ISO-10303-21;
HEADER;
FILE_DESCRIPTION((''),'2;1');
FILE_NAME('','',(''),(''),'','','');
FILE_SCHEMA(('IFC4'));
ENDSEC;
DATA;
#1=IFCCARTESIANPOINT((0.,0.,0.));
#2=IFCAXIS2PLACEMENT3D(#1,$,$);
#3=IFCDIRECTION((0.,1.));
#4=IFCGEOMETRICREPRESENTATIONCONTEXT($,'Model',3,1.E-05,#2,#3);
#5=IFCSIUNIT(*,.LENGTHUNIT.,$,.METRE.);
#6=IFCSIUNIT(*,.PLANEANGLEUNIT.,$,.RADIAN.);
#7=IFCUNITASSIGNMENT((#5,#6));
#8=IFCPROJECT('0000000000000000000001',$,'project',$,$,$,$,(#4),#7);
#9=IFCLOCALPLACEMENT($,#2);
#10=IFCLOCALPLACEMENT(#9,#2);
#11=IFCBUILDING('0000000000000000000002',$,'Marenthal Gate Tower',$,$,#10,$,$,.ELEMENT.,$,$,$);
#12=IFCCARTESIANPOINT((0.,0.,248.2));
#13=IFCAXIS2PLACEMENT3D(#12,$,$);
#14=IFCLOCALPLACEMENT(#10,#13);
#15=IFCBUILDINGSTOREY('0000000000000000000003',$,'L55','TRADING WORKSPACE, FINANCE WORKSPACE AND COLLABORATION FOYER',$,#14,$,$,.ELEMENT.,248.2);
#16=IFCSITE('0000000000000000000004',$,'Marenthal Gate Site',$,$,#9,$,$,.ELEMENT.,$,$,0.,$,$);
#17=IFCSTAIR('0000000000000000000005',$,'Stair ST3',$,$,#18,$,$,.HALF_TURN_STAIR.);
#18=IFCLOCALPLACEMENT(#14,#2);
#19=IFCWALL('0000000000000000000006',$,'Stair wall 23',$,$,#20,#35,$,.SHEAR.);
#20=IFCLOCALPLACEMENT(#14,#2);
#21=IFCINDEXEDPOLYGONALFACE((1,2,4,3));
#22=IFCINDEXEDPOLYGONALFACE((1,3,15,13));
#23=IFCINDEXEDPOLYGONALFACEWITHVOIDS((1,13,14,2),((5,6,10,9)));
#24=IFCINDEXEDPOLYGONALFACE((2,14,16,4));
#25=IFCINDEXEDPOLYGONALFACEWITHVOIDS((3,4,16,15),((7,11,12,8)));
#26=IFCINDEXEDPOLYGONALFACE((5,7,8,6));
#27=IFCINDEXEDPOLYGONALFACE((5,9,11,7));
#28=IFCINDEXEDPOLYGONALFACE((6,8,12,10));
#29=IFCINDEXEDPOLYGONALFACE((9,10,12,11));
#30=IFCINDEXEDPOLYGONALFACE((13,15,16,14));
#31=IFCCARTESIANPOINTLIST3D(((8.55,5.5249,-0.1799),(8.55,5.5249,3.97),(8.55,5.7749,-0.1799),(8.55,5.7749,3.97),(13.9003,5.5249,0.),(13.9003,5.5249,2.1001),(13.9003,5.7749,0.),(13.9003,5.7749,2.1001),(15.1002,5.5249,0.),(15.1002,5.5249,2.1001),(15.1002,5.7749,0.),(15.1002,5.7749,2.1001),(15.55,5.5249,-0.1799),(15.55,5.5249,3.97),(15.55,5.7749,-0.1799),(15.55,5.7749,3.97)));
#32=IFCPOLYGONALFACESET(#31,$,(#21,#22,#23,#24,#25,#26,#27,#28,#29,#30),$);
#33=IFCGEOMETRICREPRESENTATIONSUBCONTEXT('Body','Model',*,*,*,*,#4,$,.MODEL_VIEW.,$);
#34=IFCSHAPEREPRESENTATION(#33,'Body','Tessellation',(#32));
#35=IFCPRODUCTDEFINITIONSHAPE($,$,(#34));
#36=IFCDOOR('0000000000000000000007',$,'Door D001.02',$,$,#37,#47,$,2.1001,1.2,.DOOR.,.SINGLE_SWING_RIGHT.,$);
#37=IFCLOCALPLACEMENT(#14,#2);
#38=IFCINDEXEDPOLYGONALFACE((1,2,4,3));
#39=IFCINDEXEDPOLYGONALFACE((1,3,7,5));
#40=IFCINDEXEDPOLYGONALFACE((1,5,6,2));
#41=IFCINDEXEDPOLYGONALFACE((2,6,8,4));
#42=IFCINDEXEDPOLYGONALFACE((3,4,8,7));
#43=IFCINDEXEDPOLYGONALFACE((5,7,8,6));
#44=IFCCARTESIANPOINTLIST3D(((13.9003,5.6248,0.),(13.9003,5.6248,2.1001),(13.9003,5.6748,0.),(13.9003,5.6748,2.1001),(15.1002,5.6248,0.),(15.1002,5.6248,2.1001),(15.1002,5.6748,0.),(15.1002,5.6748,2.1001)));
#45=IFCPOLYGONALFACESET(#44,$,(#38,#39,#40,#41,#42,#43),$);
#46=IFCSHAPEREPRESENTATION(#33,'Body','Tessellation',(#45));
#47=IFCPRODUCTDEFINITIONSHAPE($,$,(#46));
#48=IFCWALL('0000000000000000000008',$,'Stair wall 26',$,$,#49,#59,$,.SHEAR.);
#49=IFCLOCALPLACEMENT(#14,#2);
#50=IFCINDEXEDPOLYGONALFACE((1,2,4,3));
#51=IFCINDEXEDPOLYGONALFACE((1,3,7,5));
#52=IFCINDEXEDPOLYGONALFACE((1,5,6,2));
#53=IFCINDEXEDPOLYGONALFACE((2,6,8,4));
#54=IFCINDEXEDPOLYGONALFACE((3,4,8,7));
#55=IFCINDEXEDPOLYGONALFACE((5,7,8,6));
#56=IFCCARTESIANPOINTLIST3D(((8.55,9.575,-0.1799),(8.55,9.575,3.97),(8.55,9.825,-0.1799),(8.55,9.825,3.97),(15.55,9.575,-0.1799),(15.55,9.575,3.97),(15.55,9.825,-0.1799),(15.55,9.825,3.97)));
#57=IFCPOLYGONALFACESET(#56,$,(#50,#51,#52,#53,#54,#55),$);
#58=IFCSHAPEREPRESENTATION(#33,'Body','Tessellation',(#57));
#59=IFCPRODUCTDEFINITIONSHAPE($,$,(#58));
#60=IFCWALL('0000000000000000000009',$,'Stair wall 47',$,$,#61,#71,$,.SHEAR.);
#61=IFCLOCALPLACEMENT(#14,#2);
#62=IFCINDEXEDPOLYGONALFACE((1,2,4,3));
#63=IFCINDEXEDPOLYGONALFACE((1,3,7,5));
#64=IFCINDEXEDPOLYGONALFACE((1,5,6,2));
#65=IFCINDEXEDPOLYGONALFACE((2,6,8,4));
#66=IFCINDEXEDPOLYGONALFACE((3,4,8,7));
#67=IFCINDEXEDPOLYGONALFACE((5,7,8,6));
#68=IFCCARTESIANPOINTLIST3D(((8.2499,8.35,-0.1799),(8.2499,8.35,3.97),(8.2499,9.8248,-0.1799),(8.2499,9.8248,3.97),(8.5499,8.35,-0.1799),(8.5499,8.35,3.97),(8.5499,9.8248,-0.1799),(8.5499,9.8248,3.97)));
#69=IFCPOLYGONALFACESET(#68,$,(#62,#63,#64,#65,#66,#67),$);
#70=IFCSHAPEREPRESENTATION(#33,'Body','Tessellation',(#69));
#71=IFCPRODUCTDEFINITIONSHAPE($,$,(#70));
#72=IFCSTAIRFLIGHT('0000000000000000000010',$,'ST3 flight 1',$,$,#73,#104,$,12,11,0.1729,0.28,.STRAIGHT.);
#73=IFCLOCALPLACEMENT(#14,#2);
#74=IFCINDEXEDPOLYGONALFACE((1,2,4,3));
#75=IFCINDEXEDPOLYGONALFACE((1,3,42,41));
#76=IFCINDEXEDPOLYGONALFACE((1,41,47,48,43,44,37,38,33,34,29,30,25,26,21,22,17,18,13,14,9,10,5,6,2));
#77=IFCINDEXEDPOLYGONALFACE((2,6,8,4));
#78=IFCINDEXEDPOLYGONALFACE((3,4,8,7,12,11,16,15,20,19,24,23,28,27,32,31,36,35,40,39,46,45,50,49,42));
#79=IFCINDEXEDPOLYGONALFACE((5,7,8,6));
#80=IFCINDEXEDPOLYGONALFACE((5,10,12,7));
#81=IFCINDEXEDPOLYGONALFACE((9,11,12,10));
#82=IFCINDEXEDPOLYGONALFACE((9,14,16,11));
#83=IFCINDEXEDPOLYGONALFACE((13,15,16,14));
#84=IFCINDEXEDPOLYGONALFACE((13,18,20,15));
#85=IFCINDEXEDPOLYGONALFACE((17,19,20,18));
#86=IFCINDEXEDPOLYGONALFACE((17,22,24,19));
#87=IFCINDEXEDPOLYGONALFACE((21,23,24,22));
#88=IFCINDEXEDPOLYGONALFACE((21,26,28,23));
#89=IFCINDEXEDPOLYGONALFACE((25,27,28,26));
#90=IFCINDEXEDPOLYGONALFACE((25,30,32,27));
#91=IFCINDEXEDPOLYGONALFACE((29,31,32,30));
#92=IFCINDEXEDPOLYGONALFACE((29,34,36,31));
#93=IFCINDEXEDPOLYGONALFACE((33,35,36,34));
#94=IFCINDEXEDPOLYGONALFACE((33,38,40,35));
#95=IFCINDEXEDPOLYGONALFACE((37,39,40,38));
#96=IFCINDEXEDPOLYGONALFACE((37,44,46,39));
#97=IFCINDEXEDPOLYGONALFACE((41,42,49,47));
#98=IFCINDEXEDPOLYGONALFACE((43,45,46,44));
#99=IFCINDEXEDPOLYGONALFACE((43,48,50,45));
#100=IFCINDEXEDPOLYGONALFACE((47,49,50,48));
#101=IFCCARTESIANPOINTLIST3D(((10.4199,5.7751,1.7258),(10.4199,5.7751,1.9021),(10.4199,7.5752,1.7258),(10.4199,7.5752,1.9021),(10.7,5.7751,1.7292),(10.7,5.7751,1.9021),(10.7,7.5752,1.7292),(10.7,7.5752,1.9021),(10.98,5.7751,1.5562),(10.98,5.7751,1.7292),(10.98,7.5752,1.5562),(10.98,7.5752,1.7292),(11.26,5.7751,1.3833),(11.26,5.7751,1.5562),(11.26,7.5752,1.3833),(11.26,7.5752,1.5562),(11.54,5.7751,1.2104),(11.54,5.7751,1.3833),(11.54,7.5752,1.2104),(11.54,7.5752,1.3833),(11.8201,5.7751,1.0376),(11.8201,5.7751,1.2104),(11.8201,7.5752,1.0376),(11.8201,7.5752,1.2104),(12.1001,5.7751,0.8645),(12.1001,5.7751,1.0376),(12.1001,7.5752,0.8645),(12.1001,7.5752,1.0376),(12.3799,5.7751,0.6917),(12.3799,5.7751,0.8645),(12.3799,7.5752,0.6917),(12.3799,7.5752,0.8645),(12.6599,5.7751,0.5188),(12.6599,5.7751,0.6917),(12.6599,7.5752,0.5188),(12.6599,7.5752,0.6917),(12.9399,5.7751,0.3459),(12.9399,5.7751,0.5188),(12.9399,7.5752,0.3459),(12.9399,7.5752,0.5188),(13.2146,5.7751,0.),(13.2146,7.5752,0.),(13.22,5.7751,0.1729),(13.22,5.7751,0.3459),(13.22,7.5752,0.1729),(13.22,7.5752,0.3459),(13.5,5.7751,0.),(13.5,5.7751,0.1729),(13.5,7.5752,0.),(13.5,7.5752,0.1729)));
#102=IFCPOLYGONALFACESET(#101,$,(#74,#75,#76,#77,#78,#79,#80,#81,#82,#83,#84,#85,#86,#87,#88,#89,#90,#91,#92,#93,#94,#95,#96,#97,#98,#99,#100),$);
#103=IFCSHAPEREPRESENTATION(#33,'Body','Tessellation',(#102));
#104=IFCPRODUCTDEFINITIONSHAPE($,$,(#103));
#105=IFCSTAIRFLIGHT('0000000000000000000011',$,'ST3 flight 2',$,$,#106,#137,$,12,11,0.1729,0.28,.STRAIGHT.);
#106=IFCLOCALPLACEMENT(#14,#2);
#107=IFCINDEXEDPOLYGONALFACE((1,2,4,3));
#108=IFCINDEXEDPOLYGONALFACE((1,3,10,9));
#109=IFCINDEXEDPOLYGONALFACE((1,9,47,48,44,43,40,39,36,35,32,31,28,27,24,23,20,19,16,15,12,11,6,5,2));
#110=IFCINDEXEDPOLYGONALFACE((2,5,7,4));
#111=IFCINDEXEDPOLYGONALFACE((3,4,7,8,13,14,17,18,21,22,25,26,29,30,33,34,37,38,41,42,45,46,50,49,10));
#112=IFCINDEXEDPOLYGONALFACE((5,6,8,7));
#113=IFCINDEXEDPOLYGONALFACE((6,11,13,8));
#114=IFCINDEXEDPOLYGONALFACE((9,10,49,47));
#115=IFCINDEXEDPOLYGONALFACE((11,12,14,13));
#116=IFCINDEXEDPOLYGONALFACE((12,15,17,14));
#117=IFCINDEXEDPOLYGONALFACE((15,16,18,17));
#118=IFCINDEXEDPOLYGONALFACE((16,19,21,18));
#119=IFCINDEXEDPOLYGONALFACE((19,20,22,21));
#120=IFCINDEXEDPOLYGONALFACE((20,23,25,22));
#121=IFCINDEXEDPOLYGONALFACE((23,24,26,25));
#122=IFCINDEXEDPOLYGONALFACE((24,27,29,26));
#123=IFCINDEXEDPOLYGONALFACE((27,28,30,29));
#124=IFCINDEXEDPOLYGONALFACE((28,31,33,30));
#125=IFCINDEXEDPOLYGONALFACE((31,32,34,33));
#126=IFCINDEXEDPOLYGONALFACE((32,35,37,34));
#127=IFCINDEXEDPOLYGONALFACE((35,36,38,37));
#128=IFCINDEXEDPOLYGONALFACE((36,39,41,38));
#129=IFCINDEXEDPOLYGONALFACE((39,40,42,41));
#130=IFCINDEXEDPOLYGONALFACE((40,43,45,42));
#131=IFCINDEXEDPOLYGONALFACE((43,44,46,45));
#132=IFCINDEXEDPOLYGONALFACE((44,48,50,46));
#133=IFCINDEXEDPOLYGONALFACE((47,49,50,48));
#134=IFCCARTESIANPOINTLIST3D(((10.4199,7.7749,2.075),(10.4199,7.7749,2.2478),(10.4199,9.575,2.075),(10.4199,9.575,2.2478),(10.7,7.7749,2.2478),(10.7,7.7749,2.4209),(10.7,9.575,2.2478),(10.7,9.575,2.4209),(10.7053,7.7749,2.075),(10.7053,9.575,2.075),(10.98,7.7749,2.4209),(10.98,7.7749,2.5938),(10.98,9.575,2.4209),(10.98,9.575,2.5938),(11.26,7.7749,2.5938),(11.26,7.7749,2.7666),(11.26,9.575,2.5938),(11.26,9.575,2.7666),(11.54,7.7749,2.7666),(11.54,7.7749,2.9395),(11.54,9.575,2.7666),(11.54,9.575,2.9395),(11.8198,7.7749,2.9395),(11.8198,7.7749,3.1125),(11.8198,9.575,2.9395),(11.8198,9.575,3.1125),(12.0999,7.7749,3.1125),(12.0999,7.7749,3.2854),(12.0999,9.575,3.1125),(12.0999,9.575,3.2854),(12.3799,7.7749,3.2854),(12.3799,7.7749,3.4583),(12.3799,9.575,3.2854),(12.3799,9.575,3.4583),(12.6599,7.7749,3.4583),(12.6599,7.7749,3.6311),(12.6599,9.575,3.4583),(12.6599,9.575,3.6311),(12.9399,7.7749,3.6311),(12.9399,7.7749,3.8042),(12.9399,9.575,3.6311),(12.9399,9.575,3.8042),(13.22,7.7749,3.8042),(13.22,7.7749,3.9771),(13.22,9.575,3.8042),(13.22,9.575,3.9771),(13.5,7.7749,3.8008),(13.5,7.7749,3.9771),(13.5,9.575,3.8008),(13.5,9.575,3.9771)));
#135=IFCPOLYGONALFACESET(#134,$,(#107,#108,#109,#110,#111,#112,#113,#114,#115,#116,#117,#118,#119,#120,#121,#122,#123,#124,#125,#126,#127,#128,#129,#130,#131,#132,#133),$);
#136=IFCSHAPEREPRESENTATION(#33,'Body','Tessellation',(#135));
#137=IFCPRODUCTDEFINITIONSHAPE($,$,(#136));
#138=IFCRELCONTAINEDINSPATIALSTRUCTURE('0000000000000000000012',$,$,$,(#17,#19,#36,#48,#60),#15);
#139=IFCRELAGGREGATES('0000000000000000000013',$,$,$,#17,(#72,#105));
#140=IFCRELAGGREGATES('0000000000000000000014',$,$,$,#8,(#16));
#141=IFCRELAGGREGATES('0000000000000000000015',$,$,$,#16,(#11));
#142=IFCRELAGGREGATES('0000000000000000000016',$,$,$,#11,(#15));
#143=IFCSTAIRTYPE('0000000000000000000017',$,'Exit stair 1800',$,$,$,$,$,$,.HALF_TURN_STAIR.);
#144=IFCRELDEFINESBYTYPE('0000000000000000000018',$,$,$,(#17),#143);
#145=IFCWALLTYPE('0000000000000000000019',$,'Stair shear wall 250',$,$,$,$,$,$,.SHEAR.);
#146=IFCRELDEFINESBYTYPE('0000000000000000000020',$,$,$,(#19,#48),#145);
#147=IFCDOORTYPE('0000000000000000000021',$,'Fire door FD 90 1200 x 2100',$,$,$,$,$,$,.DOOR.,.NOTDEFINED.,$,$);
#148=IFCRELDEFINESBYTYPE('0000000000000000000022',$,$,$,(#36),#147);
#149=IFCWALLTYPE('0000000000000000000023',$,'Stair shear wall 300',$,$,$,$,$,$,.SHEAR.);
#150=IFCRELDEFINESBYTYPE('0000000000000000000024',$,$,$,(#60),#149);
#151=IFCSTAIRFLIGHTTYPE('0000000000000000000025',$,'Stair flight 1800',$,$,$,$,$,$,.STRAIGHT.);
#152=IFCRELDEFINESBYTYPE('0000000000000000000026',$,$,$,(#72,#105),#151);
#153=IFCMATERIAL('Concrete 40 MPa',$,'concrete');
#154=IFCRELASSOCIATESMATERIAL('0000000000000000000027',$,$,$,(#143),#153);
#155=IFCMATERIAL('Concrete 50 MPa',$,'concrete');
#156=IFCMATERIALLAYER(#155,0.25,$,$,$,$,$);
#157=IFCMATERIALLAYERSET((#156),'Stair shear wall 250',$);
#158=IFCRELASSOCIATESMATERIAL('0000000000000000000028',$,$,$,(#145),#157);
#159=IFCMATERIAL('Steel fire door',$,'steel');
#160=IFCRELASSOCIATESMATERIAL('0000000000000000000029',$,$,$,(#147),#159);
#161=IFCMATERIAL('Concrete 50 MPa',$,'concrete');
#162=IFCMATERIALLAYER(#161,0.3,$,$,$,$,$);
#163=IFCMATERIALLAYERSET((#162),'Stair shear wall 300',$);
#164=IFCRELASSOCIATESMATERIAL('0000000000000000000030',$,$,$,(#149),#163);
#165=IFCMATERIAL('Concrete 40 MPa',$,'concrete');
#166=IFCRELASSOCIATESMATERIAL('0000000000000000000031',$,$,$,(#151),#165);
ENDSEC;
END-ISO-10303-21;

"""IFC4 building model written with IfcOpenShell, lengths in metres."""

from ifc_helpers import new_model, si_unit, direction, frame, frame_2d, origin, place, context, subcontext, project, spatial, polyline, rectangle, outline, extrude, material, layer, layer_set, type_object, element, fill, aggregate, save


model = new_model("IFC4")

# Units and contexts
model_context = context("Model", 3, precision=1e-05, world=origin(), true_north=direction((0.0, 1.0)))
body_context = subcontext(model_context, "Body", "Model", "MODEL_VIEW")
ifc_project = project(units=[si_unit("LENGTHUNIT", "METRE"), si_unit("PLANEANGLEUNIT", "RADIAN")], contexts=[model_context])

# Site, building, storey
site_placement = place(None, origin())
site = spatial("IfcSite", under=ifc_project, at=site_placement, Name="Marenthal Gate Site", CompositionType="ELEMENT", RefElevation=0.0)
building_placement = place(site_placement, origin())
building = spatial("IfcBuilding", under=site, at=building_placement, Name="Marenthal Gate Tower", CompositionType="ELEMENT")
storey_placement = place(building_placement, frame((0.0, 0.0, 248.2)))
storey = spatial("IfcBuildingStorey", under=building, at=storey_placement, Name="L55", Description="TRADING WORKSPACE, FINANCE WORKSPACE AND COLLABORATION FOYER", CompositionType="ELEMENT", Elevation=248.2)

# Stair
ifc_material_1 = material(Name="Concrete 40 MPa", Category="concrete")
stair_type = type_object("IfcStairType", Name="Exit stair 1800", PredefinedType="HALF_TURN_STAIR", material=ifc_material_1)
stair_1_placement = place(storey_placement, origin())
stair_1 = element("IfcStair", 1, at=stair_1_placement, inside=storey, type_object=stair_type, Name="Stair ST3", PredefinedType="HALF_TURN_STAIR")

# Wall, opening, door
ifc_material_2 = material(Name="Concrete 50 MPa", Category="concrete")
ifc_layer_1 = layer(ifc_material_2, 0.25)
ifc_layer_set_1 = layer_set([ifc_layer_1], Name="Stair shear wall 250")
wall_type_1 = type_object("IfcWallType", Name="Stair shear wall 250", PredefinedType="SHEAR", material=ifc_layer_set_1)
wall_1_placement = place(storey_placement, frame((8.55, 5.6499, -0.1799), z_axis=(0.0, 0.0, 1.0), x_axis=(1.0, 0.0, 0.0)))
wall_1 = element("IfcWall", 2, at=wall_1_placement, inside=storey, type_object=wall_type_1, Name="Stair wall 23", PredefinedType="SHEAR", context=body_context, shape_type="SweptSolid", body=[
    extrude(rectangle(XDim=7.0, YDim=0.25, at=frame_2d((3.5, 0.0))), origin(), (0.0, 0.0, 1.0), 4.1499),
])
opening_1_placement = place(wall_1_placement, frame((5.3501, 0.0, 0.1799)))
opening_1 = element("IfcOpeningElement", 3, at=opening_1_placement, cuts=wall_1, PredefinedType="OPENING", context=body_context, shape_type="SweptSolid", body=[
    extrude(rectangle(XDim=1.2, YDim=2.1001, at=frame_2d((0.6001, 1.05))), frame((0.0, 0.135, 0.0), z_axis=(0.0, -1.0, 0.0), x_axis=(1.0, 0.0, 0.0)), (0.0, 0.0, 1.0), 0.27),
])
ifc_material_3 = material(Name="Steel fire door", Category="steel")
door_type_1 = type_object("IfcDoorType", Name="Fire door FD 90 1200 x 2100", OperationType="NOTDEFINED", PredefinedType="DOOR", material=ifc_material_3)
door_1_placement = place(opening_1_placement, origin())
door_1 = element("IfcDoor", 4, at=door_1_placement, inside=storey, type_object=door_type_1, Name="Door D001.02", OperationType="SINGLE_SWING_RIGHT", OverallHeight=2.1001, OverallWidth=1.2, PredefinedType="DOOR", context=body_context, shape_type="SweptSolid", body=[
    extrude(rectangle(XDim=1.2, YDim=2.1001, at=frame_2d((0.6001, 1.05))), frame((0.0, 0.0249, 0.0), z_axis=(0.0, -1.0, 0.0), x_axis=(1.0, 0.0, 0.0)), (0.0, 0.0, 1.0), 0.05),
])
fill(opening_1, door_1)

# Walls
wall_2_placement = place(storey_placement, frame((8.55, 9.7, -0.1799), z_axis=(0.0, 0.0, 1.0), x_axis=(1.0, 0.0, 0.0)))
element("IfcWall", 5, at=wall_2_placement, inside=storey, type_object=wall_type_1, Name="Stair wall 26", PredefinedType="SHEAR", context=body_context, shape_type="SweptSolid", body=[
    extrude(rectangle(XDim=7.0, YDim=0.25, at=frame_2d((3.5, 0.0))), origin(), (0.0, 0.0, 1.0), 4.1499),
])
ifc_material_4 = material(Name="Concrete 50 MPa", Category="concrete")
ifc_layer_2 = layer(ifc_material_4, 0.3)
ifc_layer_set_2 = layer_set([ifc_layer_2], Name="Stair shear wall 300")
wall_type_2 = type_object("IfcWallType", Name="Stair shear wall 300", PredefinedType="SHEAR", material=ifc_layer_set_2)
wall_3_placement = place(storey_placement, frame((8.3999, 8.3501, -0.1799), z_axis=(0.0, 0.0, 1.0), x_axis=(0.0, 1.0, 0.0)))
element("IfcWall", 6, at=wall_3_placement, inside=storey, type_object=wall_type_2, Name="Stair wall 47", PredefinedType="SHEAR", context=body_context, shape_type="SweptSolid", body=[
    extrude(rectangle(XDim=1.4749, YDim=0.3, at=frame_2d((0.7373, 0.0))), origin(), (0.0, 0.0, 1.0), 4.1499),
])

# Stair flights
ifc_material_5 = material(Name="Concrete 40 MPa", Category="concrete")
stair_flight_type = type_object("IfcStairFlightType", Name="Stair flight 1800", PredefinedType="STRAIGHT", material=ifc_material_5)
stair_flight_1_placement = place(storey_placement, frame((13.5, 6.675, 0.0), z_axis=(0.0, 0.0, 1.0), x_axis=(-1.0, 0.0, 0.0)))
stair_flight_1 = element("IfcStairFlight", 7, at=stair_flight_1_placement, type_object=stair_flight_type, Name="ST3 flight 1", NumberOfRisers=12, NumberOfTreads=11, PredefinedType="STRAIGHT", RiserHeight=0.1729, TreadLength=0.28, context=body_context, shape_type="SweptSolid", body=[
    extrude(outline(polyline([(0.0, 0.0), (0.0, 0.1729), (0.28, 0.1729), (0.28, 0.3459), (0.5601, 0.3459), (0.5601, 0.5188), (0.8401, 0.5188), (0.8401, 0.6917), (1.1201, 0.6917), (1.1201, 0.8645), (1.3999, 0.8645), (1.3999, 1.0376), (1.6799, 1.0376), (1.6799, 1.2104), (1.96, 1.2104), (1.96, 1.3833), (2.24, 1.3833), (2.24, 1.5562), (2.52, 1.5562), (2.52, 1.7292), (2.8, 1.7292), (2.8, 1.9021), (3.0801, 1.9021), (3.0801, 2.075), (3.0801, 1.7258), (0.2854, 0.0), (0.0, 0.0)])), frame((0.0, 0.8999, 0.0), z_axis=(0.0, -1.0, 0.0), x_axis=(1.0, 0.0, 0.0)), (0.0, 0.0, 1.0), 1.8),
])
stair_flight_2_placement = place(storey_placement, frame((10.4199, 8.675, 2.075), z_axis=(0.0, 0.0, 1.0), x_axis=(1.0, 0.0, 0.0)))
stair_flight_2 = element("IfcStairFlight", 8, at=stair_flight_2_placement, type_object=stair_flight_type, Name="ST3 flight 2", NumberOfRisers=12, NumberOfTreads=11, PredefinedType="STRAIGHT", RiserHeight=0.1729, TreadLength=0.28, context=body_context, shape_type="SweptSolid", body=[
    extrude(outline(polyline([(0.0, 0.0), (0.0, 0.1729), (0.28, 0.1729), (0.28, 0.3459), (0.5601, 0.3459), (0.5601, 0.5188), (0.8401, 0.5188), (0.8401, 0.6917), (1.1201, 0.6917), (1.1201, 0.8645), (1.3999, 0.8645), (1.3999, 1.0376), (1.6799, 1.0376), (1.6799, 1.2104), (1.96, 1.2104), (1.96, 1.3833), (2.24, 1.3833), (2.24, 1.5562), (2.52, 1.5562), (2.52, 1.7292), (2.8, 1.7292), (2.8, 1.9021), (3.0801, 1.9021), (3.0801, 2.075), (3.0801, 1.7258), (0.2854, 0.0), (0.0, 0.0)])), frame((0.0, 0.8999, 0.0), z_axis=(0.0, -1.0, 0.0), x_axis=(1.0, 0.0, 0.0)), (0.0, 0.0, 1.0), 1.8),
])
aggregate(stair_1, [stair_flight_1, stair_flight_2])

save(model, "model.ifc")
